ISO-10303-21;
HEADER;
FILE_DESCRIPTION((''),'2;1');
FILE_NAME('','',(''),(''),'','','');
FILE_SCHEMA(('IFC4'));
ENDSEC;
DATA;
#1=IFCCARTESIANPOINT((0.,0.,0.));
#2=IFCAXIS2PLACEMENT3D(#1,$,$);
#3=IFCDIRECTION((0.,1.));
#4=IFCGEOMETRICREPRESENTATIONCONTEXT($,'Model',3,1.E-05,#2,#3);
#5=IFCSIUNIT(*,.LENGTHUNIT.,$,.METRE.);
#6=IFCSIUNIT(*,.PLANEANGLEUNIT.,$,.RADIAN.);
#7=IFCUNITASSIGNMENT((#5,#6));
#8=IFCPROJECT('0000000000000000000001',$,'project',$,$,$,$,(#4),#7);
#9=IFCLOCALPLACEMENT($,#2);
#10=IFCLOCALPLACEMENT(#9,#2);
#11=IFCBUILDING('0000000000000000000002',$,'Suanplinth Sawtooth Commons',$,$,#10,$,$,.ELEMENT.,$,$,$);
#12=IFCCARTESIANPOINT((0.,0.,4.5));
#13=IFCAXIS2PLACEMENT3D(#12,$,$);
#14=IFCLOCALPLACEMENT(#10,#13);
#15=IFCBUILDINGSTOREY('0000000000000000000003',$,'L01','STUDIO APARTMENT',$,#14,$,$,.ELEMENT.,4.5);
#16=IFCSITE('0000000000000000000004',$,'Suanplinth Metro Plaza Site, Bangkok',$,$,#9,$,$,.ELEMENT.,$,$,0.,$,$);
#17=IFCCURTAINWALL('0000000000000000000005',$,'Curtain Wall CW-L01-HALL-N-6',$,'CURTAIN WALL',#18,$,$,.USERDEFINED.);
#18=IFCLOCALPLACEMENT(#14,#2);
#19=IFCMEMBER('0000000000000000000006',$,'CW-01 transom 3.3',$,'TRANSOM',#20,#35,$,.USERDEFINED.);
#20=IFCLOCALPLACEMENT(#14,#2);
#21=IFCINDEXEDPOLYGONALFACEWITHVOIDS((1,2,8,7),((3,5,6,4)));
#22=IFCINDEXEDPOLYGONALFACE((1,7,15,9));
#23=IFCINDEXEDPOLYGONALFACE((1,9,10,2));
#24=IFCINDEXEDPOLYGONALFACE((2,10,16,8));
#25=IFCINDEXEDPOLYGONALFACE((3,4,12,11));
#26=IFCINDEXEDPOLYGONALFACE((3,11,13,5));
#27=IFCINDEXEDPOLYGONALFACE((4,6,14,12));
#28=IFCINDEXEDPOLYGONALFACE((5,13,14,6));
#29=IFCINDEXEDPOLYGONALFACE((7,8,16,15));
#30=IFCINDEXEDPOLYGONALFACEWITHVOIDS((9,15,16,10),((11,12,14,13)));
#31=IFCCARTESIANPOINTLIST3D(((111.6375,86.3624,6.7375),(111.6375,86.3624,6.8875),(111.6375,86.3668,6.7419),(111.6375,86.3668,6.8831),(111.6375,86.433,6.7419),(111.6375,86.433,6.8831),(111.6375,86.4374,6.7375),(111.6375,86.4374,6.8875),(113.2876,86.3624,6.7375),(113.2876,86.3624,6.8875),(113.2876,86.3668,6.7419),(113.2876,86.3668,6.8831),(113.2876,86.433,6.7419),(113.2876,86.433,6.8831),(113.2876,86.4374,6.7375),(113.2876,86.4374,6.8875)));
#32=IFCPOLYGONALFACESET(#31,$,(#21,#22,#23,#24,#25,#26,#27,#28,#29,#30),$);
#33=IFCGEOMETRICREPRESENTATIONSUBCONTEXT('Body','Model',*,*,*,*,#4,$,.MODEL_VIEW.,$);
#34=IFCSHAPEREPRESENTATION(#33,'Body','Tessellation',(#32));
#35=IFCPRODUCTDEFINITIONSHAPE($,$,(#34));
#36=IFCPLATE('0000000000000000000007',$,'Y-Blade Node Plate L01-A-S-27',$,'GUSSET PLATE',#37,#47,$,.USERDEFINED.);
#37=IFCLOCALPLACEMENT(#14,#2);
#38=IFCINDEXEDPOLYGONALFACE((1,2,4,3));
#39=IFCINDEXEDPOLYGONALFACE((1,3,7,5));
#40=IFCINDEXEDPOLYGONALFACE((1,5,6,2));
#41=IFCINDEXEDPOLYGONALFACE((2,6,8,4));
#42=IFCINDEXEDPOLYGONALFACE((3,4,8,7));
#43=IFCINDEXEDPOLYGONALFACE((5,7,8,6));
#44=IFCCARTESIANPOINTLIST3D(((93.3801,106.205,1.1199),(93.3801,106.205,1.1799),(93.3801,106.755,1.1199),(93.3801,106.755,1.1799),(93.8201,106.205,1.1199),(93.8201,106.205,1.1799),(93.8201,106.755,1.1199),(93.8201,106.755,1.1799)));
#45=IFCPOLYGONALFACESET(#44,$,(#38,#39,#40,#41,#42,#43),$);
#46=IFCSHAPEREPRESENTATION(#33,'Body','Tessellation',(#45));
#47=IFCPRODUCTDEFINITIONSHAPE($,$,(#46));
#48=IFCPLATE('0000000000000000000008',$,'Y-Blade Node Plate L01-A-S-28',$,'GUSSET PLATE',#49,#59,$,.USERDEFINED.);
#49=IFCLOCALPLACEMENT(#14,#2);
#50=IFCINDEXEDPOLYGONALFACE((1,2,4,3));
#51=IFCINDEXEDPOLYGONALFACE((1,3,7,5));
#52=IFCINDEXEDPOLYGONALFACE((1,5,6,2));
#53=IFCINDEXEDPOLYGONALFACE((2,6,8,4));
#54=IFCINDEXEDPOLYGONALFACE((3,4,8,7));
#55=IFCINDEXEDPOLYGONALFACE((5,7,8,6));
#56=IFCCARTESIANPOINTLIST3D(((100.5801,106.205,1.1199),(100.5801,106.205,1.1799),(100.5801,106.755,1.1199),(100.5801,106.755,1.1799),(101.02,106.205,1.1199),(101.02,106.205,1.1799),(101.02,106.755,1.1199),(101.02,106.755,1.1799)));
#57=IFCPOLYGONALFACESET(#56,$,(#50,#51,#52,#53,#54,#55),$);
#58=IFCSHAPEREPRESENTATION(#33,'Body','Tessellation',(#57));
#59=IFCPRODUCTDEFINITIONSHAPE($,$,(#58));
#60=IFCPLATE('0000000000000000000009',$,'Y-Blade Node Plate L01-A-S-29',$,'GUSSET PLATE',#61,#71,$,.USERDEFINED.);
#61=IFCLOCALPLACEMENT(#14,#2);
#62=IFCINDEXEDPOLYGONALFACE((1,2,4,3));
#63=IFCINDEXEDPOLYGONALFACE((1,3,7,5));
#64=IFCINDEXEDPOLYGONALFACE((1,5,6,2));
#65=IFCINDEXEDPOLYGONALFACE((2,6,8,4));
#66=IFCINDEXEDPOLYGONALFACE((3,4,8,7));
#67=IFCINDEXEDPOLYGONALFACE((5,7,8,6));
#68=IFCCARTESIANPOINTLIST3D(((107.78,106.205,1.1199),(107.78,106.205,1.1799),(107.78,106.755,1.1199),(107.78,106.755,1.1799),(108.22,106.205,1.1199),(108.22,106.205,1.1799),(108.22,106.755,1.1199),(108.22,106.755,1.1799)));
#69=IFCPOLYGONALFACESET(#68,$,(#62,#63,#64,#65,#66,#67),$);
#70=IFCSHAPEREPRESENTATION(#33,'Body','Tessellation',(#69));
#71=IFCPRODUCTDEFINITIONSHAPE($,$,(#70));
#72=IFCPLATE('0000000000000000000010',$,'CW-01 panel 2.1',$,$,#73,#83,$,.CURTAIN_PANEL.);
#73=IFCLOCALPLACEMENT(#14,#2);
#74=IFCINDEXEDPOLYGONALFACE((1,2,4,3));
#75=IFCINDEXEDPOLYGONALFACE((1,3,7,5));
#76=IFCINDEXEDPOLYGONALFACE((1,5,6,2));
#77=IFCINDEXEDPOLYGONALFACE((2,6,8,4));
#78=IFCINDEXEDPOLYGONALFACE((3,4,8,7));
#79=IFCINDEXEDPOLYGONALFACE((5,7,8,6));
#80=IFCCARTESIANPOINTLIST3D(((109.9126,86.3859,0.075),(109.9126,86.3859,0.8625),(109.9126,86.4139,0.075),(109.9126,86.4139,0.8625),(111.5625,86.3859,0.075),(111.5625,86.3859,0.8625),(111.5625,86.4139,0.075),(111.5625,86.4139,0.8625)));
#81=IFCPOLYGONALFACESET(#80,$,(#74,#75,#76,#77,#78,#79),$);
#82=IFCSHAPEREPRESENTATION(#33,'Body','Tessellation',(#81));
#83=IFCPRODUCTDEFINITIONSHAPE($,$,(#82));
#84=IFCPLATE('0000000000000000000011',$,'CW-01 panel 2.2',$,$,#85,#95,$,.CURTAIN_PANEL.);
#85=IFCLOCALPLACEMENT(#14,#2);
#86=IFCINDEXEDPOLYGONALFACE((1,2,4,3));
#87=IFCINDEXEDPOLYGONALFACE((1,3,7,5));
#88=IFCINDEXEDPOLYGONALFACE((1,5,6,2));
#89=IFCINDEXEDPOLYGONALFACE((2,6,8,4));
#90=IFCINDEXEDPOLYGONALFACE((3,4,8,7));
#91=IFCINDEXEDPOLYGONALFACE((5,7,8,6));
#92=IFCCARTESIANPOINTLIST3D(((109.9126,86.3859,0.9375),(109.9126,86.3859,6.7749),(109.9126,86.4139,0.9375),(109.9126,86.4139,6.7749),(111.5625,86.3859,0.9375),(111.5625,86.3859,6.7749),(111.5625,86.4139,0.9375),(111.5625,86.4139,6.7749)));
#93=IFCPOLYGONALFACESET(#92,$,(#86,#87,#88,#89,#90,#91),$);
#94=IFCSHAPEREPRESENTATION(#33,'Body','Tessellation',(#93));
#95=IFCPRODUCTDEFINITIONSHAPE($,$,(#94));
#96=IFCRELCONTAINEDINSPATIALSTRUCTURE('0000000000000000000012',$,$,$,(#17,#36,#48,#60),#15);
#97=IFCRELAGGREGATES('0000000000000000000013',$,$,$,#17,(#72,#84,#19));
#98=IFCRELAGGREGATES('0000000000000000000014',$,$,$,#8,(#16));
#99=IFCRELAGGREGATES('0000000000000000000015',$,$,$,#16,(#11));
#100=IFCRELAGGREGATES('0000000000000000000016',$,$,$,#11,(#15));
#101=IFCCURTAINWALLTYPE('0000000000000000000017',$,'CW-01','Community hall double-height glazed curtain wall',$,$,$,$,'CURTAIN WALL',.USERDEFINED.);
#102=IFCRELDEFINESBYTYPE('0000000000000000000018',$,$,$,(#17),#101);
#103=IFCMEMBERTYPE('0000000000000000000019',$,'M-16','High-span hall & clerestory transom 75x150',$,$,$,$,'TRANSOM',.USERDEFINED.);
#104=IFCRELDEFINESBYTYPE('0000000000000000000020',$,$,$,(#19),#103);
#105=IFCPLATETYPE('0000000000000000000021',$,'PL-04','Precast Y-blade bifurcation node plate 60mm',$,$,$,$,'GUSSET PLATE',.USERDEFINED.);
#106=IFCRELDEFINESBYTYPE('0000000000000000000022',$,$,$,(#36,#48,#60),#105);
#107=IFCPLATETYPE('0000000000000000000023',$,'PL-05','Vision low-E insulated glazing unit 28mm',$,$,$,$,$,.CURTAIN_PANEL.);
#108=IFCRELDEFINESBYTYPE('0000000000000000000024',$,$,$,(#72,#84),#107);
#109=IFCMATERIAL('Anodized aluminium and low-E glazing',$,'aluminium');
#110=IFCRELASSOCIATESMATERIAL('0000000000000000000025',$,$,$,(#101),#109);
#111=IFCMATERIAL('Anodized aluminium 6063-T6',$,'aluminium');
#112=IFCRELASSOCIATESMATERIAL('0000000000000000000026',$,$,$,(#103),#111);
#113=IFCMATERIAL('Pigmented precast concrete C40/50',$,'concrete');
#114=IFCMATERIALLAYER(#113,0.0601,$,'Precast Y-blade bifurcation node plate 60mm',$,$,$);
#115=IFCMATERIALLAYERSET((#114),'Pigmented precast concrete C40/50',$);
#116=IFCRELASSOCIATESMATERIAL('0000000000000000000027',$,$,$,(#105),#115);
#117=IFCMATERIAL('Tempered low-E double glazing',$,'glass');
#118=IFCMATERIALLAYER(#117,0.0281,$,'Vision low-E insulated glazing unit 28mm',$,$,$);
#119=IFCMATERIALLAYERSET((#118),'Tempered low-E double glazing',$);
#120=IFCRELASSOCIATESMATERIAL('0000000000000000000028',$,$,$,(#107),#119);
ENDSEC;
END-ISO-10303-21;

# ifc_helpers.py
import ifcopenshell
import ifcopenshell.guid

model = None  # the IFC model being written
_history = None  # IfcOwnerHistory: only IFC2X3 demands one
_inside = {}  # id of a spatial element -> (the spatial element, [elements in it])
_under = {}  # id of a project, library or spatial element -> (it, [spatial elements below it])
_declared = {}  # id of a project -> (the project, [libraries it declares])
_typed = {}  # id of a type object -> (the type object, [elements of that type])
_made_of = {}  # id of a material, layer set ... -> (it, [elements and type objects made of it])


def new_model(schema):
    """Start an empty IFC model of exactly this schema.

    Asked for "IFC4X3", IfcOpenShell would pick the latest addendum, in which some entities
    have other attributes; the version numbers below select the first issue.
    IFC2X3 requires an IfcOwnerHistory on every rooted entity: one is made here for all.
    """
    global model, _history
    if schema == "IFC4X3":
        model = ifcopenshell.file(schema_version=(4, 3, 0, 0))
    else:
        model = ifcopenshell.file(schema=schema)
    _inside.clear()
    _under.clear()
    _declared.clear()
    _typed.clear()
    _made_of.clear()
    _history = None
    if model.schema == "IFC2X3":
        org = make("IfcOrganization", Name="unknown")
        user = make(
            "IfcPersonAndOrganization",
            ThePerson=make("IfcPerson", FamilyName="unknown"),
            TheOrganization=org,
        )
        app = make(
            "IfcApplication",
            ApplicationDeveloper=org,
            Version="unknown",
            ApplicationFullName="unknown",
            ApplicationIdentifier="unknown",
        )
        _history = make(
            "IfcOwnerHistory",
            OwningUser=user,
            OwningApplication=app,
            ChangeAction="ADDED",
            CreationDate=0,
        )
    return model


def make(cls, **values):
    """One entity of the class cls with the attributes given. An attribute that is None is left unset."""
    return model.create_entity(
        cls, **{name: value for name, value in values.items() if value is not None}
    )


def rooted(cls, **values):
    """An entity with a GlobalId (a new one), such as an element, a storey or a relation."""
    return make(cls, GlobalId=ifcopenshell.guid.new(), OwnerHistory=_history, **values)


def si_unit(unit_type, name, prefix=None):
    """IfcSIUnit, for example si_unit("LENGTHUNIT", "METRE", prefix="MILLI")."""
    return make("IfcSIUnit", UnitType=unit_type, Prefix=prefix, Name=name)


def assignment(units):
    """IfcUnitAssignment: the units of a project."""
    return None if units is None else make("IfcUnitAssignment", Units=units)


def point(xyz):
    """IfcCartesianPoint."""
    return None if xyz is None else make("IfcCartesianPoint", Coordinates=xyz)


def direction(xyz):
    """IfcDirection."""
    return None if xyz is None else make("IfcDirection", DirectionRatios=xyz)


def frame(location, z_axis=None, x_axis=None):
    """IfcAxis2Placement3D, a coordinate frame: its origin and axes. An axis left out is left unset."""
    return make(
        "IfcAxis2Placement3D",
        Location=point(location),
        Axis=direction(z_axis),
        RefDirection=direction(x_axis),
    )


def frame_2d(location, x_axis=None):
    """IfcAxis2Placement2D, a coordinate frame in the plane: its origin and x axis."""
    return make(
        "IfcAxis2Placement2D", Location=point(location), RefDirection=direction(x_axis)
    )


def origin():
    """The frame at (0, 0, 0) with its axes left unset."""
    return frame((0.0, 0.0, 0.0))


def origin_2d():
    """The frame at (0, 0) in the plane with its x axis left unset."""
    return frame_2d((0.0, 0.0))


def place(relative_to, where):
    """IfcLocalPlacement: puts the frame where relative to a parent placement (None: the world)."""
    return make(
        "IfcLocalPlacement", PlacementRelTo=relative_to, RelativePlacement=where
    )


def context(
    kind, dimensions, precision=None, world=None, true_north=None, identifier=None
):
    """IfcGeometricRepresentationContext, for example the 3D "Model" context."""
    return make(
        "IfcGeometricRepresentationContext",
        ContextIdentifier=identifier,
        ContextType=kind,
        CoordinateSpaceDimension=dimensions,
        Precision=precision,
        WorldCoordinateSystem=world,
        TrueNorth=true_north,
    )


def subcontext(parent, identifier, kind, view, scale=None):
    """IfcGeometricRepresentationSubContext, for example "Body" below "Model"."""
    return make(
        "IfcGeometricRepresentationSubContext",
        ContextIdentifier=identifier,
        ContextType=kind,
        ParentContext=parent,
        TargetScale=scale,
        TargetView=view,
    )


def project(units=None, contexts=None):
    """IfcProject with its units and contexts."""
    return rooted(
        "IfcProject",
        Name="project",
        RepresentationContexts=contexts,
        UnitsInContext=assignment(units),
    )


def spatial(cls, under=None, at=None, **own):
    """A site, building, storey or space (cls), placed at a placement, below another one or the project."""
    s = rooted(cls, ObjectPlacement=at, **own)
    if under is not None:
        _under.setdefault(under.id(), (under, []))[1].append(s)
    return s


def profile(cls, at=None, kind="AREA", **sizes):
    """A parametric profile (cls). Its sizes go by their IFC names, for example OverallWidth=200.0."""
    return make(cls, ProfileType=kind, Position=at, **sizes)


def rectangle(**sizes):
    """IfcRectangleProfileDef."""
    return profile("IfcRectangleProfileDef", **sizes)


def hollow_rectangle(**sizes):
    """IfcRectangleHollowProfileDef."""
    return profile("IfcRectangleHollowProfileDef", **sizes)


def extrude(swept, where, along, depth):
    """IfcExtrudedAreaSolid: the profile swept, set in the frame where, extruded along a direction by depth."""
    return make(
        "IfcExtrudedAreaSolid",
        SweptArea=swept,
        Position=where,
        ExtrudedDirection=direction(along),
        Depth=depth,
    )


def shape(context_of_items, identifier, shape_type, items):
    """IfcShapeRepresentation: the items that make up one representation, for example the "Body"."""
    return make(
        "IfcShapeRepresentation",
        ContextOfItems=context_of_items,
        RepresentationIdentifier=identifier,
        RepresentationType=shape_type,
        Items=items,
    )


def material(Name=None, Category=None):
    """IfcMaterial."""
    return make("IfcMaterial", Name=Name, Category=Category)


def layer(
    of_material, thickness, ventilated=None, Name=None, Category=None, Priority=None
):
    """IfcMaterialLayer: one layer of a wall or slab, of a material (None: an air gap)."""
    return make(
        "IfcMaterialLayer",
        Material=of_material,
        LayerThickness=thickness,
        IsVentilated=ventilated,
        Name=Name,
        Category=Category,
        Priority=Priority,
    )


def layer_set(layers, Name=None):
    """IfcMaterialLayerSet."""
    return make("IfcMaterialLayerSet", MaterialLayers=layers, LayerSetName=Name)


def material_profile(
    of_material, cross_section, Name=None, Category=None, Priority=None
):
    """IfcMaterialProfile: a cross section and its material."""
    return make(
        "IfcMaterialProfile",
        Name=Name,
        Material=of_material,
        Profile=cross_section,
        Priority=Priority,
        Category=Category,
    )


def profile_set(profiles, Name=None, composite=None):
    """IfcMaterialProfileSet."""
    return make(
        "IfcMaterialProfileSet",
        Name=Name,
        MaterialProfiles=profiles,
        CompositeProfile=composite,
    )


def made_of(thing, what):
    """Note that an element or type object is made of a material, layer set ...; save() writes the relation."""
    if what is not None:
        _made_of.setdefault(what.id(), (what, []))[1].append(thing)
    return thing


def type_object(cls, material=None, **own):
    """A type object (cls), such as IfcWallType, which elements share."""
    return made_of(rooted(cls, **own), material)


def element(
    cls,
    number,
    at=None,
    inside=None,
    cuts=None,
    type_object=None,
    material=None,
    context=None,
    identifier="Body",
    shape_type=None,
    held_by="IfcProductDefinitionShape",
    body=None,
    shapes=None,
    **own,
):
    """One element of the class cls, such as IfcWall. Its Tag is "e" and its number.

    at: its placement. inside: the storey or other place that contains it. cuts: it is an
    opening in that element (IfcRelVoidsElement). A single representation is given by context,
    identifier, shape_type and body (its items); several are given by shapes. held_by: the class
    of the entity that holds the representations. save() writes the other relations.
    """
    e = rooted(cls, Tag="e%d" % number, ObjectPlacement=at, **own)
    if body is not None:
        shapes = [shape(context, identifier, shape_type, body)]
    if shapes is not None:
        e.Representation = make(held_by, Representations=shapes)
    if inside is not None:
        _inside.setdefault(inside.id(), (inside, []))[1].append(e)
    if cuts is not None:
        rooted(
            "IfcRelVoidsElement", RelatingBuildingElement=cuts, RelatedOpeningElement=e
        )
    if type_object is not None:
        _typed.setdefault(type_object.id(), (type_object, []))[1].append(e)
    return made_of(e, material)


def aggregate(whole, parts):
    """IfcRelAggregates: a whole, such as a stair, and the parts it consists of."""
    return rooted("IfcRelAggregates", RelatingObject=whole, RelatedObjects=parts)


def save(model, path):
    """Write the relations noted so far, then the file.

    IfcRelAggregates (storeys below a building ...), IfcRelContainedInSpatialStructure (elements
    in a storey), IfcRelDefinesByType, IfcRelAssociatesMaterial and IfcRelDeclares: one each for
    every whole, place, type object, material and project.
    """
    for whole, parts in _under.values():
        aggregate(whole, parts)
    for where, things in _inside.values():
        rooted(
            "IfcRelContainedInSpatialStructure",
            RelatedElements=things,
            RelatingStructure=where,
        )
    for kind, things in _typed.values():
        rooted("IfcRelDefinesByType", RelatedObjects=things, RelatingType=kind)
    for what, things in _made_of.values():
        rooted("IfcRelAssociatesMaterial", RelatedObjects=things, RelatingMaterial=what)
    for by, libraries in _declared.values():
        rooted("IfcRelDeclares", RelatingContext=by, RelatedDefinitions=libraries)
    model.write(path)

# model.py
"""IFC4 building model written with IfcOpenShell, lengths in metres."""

from ifc_helpers import new_model, si_unit, direction, frame, origin, origin_2d, place, context, subcontext, project, spatial, rectangle, hollow_rectangle, extrude, material, layer, layer_set, material_profile, profile_set, type_object, element, aggregate, save


model = new_model("IFC4")

# Units and contexts
model_context = context("Model", 3, precision=1e-05, world=origin(), true_north=direction((0.0, 1.0)))
body_context = subcontext(model_context, "Body", "Model", "MODEL_VIEW")
ifc_project = project(units=[si_unit("LENGTHUNIT", "METRE"), si_unit("PLANEANGLEUNIT", "RADIAN")], contexts=[model_context])

# Site, building, storey
site_placement = place(None, origin())
site = spatial("IfcSite", under=ifc_project, at=site_placement, Name="Suanplinth Metro Plaza Site, Bangkok", CompositionType="ELEMENT", RefElevation=0.0)
building_placement = place(site_placement, origin())
building = spatial("IfcBuilding", under=site, at=building_placement, Name="Suanplinth Sawtooth Commons", CompositionType="ELEMENT")
storey_placement = place(building_placement, frame((0.0, 0.0, 4.5)))
storey = spatial("IfcBuildingStorey", under=building, at=storey_placement, Name="L01", Description="STUDIO APARTMENT", CompositionType="ELEMENT", Elevation=4.5)

# Shared definitions
ifc_material_1 = material(Name="Pigmented precast concrete C40/50", Category="concrete")

# Curtain wall, member
ifc_material_2 = material(Name="Anodized aluminium and low-E glazing", Category="aluminium")
curtain_wall_type = type_object("IfcCurtainWallType", Name="CW-01", Description="Community hall double-height glazed curtain wall", ElementType="CURTAIN WALL", PredefinedType="USERDEFINED", material=ifc_material_2)
curtain_wall_placement = place(storey_placement, origin())
curtain_wall = element("IfcCurtainWall", 1, at=curtain_wall_placement, inside=storey, type_object=curtain_wall_type, Name="Curtain Wall CW-L01-HALL-N-6", ObjectType="CURTAIN WALL", PredefinedType="USERDEFINED")
ifc_material_3 = material(Name="Anodized aluminium 6063-T6", Category="aluminium")
ifc_material_profile_1 = material_profile(ifc_material_3, hollow_rectangle(XDim=0.075, YDim=0.1499, WallThickness=0.0044, at=origin_2d()), Name="ALU-TRN 75x150")
ifc_profile_set_1 = profile_set([ifc_material_profile_1], Name="Anodized aluminium 6063-T6")
member_type_1 = type_object("IfcMemberType", Name="M-16", Description="High-span hall & clerestory transom 75x150", ElementType="TRANSOM", PredefinedType="USERDEFINED", material=ifc_profile_set_1)
member_1_placement = place(storey_placement, frame((111.6375, 86.3999, 6.8125), z_axis=(1.0, 0.0, 0.0), x_axis=(0.0, 1.0, 0.0)))
member_1 = element("IfcMember", 2, at=member_1_placement, type_object=member_type_1, Name="CW-01 transom 3.3", ObjectType="TRANSOM", PredefinedType="USERDEFINED", context=body_context, shape_type="SweptSolid", body=[
    extrude(hollow_rectangle(XDim=0.075, YDim=0.1499, WallThickness=0.0044, at=origin_2d()), origin(), (0.0, 0.0, 1.0), 1.6501),
])

# Plates
ifc_layer_1 = layer(ifc_material_1, 0.0601, Name="Precast Y-blade bifurcation node plate 60mm")
ifc_layer_set_1 = layer_set([ifc_layer_1], Name="Pigmented precast concrete C40/50")
plate_type_1 = type_object("IfcPlateType", Name="PL-04", Description="Precast Y-blade bifurcation node plate 60mm", ElementType="GUSSET PLATE", PredefinedType="USERDEFINED", material=ifc_layer_set_1)
for number, where, z_axis, x_axis, name in (
    (3, (93.6001, 106.48, 1.1199), (0.0, 0.0, 1.0), (1.0, 0.0, 0.0), "Y-Blade Node Plate L01-A-S-27"),
    (4, (100.8, 106.48, 1.1199), (0.0, 0.0, 1.0), (1.0, 0.0, 0.0), "Y-Blade Node Plate L01-A-S-28"),
    (5, (108.0, 106.48, 1.1199), (0.0, 0.0, 1.0), (1.0, 0.0, 0.0), "Y-Blade Node Plate L01-A-S-29"),
):
    element("IfcPlate", number, at=place(storey_placement, frame(where, z_axis=z_axis, x_axis=x_axis)), inside=storey, type_object=plate_type_1, Name=name, ObjectType="GUSSET PLATE", PredefinedType="USERDEFINED", context=body_context, shape_type="SweptSolid", body=[
        extrude(rectangle(XDim=0.4399, YDim=0.55, at=origin_2d()), origin(), (0.0, 0.0, 1.0), 0.0601),
    ])

# Plates
ifc_material_4 = material(Name="Tempered low-E double glazing", Category="glass")
ifc_layer_2 = layer(ifc_material_4, 0.0281, Name="Vision low-E insulated glazing unit 28mm")
ifc_layer_set_2 = layer_set([ifc_layer_2], Name="Tempered low-E double glazing")
plate_type_2 = type_object("IfcPlateType", Name="PL-05", Description="Vision low-E insulated glazing unit 28mm", PredefinedType="CURTAIN_PANEL", material=ifc_layer_set_2)
plate_1_placement = place(storey_placement, frame((110.7375, 86.3999, 0.075), z_axis=(0.0, 0.0, 1.0), x_axis=(1.0, 0.0, 0.0)))
plate_1 = element("IfcPlate", 6, at=plate_1_placement, type_object=plate_type_2, Name="CW-01 panel 2.1", PredefinedType="CURTAIN_PANEL", context=body_context, shape_type="SweptSolid", body=[
    extrude(rectangle(XDim=1.6499, YDim=0.0281, at=origin_2d()), origin(), (0.0, 0.0, 1.0), 0.7876),
])
plate_2_placement = place(storey_placement, frame((110.7375, 86.3999, 0.9375), z_axis=(0.0, 0.0, 1.0), x_axis=(1.0, 0.0, 0.0)))
plate_2 = element("IfcPlate", 7, at=plate_2_placement, type_object=plate_type_2, Name="CW-01 panel 2.2", PredefinedType="CURTAIN_PANEL", context=body_context, shape_type="SweptSolid", body=[
    extrude(rectangle(XDim=1.6499, YDim=0.0281, at=origin_2d()), origin(), (0.0, 0.0, 1.0), 5.8374),
])
aggregate(curtain_wall, [plate_1, plate_2, member_1])

save(model, "model.ifc")
